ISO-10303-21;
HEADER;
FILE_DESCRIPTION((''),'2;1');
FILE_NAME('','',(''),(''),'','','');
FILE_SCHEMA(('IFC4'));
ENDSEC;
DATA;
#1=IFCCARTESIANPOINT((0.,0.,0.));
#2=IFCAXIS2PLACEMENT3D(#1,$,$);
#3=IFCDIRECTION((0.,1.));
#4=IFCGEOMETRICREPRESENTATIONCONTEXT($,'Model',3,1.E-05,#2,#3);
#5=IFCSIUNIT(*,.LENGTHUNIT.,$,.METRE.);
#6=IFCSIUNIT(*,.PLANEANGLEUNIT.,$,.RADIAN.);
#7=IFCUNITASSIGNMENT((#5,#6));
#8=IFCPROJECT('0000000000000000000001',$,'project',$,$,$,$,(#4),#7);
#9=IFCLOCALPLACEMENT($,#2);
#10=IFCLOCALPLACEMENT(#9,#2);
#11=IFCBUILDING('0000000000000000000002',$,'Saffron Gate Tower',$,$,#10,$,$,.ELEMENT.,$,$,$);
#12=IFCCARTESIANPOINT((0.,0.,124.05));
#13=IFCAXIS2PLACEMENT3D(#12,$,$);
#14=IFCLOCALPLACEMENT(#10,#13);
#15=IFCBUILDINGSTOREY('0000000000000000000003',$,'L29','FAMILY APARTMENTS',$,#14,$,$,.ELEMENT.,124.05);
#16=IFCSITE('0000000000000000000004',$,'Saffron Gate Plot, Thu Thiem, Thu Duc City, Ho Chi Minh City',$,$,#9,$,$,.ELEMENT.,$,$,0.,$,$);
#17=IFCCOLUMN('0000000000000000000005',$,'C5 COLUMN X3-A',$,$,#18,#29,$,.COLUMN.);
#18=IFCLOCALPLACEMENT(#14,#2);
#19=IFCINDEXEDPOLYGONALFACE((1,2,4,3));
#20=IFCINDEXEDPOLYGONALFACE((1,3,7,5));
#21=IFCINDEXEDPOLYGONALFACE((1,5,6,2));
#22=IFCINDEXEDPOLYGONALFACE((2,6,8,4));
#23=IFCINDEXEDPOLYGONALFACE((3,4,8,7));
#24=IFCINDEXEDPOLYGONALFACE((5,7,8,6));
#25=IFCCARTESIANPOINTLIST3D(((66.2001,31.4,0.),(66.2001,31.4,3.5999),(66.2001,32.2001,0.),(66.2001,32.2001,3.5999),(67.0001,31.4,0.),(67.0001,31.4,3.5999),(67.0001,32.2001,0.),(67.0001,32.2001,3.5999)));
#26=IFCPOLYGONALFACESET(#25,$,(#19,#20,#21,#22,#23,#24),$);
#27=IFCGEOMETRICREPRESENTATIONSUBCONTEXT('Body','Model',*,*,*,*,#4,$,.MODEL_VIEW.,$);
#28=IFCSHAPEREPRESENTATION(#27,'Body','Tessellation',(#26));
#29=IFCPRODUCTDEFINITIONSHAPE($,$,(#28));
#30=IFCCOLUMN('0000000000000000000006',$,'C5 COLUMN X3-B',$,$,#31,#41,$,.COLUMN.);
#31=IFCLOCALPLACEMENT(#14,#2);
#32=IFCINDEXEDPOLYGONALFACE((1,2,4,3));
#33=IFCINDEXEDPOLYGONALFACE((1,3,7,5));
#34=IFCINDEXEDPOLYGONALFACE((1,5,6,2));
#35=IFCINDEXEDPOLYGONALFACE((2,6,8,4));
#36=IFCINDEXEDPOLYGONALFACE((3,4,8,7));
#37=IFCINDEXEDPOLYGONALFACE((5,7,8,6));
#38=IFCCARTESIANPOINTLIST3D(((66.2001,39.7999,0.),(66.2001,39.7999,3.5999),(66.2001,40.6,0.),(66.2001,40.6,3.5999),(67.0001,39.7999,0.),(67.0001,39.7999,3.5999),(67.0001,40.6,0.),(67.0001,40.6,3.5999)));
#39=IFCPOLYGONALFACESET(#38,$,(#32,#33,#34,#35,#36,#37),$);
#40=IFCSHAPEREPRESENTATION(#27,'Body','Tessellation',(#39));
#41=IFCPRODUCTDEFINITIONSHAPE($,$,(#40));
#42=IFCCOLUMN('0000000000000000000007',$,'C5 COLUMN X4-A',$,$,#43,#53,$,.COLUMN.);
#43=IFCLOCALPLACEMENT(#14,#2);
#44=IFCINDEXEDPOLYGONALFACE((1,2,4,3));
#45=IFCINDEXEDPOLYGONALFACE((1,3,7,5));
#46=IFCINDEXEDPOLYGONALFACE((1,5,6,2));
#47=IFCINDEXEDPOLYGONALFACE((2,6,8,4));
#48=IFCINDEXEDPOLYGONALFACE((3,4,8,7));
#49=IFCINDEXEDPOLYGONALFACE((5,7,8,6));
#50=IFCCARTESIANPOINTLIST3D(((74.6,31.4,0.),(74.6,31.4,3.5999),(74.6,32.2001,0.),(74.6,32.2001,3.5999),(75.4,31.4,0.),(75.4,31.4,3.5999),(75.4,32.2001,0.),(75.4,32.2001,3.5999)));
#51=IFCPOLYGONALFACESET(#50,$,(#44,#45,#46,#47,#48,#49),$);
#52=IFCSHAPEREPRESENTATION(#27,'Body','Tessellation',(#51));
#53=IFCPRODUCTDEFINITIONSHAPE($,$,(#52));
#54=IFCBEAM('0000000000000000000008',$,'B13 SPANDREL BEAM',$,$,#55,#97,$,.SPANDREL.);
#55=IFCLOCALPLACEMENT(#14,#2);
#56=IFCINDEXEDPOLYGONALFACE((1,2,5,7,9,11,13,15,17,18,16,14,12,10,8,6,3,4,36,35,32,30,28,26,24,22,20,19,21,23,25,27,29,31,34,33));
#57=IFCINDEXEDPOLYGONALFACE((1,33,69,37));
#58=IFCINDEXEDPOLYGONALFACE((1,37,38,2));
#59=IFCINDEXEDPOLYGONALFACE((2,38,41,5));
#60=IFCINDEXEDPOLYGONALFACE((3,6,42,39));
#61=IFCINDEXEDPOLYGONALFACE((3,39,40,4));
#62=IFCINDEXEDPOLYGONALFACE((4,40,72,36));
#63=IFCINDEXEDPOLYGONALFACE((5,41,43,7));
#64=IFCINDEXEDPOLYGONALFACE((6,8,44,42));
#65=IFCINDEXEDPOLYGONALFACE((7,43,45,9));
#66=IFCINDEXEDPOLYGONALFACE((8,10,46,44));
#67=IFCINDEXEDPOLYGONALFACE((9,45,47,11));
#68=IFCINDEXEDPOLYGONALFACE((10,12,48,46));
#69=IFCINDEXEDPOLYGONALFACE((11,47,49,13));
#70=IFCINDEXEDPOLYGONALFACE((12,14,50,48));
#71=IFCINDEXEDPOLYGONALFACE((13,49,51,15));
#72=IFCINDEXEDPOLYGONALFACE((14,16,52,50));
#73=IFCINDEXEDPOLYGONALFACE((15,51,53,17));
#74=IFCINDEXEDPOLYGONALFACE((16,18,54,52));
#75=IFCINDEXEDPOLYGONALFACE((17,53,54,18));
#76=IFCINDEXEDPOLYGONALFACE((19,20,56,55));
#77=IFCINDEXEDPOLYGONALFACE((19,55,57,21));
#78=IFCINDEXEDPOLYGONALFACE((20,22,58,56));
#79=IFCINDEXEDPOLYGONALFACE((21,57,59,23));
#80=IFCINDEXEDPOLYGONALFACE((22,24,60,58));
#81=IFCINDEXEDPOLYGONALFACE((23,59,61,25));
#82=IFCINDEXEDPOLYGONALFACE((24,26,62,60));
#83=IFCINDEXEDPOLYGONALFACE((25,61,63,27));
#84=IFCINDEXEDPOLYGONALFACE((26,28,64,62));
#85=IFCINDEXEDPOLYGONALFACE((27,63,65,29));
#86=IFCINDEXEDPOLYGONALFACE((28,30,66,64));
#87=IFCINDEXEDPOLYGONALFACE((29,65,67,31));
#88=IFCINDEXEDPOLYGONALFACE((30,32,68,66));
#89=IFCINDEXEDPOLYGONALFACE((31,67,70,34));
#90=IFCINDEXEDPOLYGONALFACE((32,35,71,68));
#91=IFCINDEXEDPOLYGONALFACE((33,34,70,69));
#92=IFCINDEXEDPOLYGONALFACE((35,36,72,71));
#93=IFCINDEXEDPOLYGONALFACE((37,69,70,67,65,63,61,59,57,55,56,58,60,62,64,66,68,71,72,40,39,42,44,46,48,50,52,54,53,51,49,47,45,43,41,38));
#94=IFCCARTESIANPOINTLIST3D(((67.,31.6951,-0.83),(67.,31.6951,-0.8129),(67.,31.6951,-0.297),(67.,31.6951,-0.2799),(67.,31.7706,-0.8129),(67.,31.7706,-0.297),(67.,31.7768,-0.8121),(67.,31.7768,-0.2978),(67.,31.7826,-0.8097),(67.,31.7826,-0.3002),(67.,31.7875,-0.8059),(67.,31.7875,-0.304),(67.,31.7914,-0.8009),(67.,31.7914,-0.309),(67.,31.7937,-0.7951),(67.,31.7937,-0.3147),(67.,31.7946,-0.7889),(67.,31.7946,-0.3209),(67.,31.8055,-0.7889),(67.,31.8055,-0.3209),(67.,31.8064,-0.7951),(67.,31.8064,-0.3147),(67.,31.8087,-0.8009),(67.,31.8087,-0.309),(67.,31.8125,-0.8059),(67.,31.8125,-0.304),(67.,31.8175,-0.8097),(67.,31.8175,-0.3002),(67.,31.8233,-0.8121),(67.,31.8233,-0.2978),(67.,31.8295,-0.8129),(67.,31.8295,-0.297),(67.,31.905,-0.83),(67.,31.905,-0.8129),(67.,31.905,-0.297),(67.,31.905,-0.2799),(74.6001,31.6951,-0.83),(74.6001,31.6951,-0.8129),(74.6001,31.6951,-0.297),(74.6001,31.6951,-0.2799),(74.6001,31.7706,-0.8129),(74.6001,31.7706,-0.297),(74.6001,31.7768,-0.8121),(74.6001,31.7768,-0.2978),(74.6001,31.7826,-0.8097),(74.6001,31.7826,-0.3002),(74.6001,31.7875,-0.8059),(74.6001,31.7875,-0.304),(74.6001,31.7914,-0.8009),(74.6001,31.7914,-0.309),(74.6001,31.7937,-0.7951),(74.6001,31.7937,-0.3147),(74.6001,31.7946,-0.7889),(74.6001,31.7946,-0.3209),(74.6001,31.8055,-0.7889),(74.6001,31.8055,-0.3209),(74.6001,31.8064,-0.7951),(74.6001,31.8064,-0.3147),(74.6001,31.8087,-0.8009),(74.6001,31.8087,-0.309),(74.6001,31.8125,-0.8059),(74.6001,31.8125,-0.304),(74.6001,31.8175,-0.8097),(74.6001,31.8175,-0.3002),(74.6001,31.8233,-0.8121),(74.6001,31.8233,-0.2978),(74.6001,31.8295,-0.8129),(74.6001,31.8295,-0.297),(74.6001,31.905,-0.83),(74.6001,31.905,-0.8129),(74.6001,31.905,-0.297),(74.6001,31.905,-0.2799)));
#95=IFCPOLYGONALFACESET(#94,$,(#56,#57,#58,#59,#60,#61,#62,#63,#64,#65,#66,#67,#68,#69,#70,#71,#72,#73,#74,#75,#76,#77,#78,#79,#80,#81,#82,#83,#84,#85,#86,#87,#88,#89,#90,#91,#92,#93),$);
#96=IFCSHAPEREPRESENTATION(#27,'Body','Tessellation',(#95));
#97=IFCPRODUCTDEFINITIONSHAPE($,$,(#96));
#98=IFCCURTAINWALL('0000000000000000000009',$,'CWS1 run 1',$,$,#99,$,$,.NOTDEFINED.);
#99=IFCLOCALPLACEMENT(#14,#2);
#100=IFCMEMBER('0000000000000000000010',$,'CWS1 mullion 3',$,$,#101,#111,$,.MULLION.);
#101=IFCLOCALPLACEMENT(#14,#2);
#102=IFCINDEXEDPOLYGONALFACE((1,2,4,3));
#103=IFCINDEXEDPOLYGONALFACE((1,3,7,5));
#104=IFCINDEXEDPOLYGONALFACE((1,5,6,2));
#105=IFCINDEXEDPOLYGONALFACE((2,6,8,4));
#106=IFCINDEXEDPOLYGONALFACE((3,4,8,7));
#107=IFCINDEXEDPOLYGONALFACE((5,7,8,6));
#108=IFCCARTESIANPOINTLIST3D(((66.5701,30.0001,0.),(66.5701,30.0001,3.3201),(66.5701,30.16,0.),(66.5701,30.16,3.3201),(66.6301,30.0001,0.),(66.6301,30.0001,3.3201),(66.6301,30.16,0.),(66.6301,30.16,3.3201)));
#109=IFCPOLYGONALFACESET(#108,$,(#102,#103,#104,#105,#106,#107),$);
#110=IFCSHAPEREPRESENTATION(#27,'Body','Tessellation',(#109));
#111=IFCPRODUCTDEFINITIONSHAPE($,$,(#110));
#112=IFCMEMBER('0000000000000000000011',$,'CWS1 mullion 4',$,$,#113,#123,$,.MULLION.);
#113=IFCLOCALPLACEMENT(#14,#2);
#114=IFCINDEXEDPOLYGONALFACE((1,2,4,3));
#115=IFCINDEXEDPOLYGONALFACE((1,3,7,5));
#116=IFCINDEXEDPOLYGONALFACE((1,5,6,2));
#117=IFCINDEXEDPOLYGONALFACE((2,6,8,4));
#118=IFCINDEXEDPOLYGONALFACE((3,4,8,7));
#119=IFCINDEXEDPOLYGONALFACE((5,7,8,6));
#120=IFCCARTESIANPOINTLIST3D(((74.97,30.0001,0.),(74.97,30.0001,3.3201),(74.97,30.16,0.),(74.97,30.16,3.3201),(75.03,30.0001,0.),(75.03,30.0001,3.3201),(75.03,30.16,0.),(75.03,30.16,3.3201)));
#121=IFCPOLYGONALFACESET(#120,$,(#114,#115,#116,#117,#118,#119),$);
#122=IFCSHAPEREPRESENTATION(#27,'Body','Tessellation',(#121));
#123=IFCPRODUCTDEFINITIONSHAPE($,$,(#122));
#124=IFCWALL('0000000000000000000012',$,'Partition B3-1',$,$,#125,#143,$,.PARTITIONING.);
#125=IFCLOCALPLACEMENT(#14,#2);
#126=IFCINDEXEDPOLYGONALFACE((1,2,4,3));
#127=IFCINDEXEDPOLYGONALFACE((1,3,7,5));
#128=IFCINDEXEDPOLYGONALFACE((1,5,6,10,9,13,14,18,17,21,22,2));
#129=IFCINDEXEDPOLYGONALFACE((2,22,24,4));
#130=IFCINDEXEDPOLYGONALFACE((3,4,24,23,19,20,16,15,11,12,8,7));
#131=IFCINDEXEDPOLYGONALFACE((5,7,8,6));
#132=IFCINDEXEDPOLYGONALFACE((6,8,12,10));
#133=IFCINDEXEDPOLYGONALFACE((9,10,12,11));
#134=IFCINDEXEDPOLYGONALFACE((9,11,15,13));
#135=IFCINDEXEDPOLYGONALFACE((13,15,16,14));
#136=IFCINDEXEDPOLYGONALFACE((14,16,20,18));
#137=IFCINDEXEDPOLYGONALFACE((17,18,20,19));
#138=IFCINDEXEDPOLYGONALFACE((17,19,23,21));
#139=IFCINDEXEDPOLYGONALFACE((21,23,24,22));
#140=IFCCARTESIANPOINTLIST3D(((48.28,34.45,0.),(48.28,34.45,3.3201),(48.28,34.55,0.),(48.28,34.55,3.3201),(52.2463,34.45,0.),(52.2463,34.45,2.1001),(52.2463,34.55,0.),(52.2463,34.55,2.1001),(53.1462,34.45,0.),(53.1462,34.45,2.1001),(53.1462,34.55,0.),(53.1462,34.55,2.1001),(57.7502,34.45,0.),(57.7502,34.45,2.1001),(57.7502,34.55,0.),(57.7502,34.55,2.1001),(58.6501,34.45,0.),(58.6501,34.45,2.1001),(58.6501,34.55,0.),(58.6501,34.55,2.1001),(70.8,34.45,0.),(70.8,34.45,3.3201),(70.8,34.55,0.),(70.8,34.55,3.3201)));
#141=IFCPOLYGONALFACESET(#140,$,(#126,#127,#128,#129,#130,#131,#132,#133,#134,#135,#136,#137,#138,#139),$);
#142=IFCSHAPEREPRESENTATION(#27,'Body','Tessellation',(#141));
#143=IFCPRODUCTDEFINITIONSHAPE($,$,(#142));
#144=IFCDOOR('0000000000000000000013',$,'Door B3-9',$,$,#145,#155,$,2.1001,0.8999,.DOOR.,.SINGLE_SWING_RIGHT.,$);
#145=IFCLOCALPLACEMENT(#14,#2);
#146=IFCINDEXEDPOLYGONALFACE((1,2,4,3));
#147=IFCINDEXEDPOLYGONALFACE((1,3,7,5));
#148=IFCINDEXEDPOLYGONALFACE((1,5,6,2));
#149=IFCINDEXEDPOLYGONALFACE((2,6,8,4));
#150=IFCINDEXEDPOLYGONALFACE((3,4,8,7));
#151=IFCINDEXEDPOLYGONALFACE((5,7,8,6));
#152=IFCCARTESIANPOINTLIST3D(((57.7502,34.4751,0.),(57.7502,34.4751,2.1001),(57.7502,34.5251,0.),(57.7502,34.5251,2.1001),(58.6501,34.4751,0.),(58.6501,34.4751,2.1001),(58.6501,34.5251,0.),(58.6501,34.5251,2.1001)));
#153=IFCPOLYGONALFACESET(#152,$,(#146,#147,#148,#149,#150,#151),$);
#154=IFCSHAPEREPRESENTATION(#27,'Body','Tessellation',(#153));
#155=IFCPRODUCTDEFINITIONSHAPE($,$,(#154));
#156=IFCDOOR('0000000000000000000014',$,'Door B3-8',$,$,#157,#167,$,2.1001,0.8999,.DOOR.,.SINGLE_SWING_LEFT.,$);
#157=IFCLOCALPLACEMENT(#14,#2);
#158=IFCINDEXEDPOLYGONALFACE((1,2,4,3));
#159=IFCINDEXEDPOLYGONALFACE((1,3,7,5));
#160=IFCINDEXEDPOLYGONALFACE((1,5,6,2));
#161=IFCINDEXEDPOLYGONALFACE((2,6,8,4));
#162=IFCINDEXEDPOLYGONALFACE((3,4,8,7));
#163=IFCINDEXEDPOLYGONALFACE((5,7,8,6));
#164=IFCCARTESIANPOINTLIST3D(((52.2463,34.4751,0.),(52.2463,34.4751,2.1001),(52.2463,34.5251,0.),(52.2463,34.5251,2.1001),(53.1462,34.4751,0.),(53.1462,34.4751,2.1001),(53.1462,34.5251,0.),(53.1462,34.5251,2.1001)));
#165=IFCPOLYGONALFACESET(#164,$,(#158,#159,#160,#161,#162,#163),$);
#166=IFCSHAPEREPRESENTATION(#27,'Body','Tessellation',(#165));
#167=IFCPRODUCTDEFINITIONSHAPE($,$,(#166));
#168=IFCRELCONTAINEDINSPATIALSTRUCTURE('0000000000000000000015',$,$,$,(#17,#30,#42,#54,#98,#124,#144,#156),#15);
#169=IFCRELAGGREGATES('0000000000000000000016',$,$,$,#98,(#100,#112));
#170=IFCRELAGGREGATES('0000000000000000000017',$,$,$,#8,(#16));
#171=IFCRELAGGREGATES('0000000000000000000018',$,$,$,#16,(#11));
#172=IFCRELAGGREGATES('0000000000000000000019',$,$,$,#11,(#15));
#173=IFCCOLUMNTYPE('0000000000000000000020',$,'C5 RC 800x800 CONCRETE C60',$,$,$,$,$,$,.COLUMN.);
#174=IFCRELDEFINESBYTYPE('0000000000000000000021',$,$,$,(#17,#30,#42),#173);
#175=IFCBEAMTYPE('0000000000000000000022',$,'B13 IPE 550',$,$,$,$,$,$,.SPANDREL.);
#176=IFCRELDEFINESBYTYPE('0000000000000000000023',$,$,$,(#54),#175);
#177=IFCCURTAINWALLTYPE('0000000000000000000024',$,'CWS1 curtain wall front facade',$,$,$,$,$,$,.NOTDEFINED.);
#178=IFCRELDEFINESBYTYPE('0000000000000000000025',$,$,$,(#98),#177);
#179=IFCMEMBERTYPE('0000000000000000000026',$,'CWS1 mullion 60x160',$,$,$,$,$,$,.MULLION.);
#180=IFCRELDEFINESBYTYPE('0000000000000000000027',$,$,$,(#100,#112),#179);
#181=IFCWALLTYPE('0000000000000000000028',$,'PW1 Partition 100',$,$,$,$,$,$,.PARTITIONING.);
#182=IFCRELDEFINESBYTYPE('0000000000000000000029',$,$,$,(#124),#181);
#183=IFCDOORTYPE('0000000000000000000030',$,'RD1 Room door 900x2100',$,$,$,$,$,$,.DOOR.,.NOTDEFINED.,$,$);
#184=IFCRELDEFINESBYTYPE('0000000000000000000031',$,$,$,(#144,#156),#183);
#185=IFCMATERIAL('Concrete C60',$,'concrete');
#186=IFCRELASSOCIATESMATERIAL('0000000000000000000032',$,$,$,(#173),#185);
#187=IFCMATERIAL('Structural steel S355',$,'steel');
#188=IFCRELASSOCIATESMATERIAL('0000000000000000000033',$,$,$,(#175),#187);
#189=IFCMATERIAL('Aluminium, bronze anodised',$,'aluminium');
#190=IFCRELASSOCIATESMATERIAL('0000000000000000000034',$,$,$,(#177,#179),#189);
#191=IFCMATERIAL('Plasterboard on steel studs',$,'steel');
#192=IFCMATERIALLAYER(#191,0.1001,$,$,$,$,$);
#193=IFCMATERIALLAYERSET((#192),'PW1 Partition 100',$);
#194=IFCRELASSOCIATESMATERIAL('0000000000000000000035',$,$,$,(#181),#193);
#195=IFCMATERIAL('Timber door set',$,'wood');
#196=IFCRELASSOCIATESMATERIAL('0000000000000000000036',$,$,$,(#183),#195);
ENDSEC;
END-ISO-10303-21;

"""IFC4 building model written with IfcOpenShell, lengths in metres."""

from ifc_helpers import new_model, si_unit, direction, frame, frame_2d, origin, origin_2d, place, context, subcontext, project, spatial, rectangle, i_section, extrude, material, layer, layer_set, material_profile, profile_set, type_object, element, fill, aggregate, save


model = new_model("IFC4")

# Units and contexts
model_context = context("Model", 3, precision=1e-05, world=origin(), true_north=direction((0.0, 1.0)))
body_context = subcontext(model_context, "Body", "Model", "MODEL_VIEW")
ifc_project = project(units=[si_unit("LENGTHUNIT", "METRE"), si_unit("PLANEANGLEUNIT", "RADIAN")], contexts=[model_context])

# Site, building, storey
site_placement = place(None, origin())
site = spatial("IfcSite", under=ifc_project, at=site_placement, Name="Saffron Gate Plot, Thu Thiem, Thu Duc City, Ho Chi Minh City", CompositionType="ELEMENT", RefElevation=0.0)
building_placement = place(site_placement, origin())
building = spatial("IfcBuilding", under=site, at=building_placement, Name="Saffron Gate Tower", CompositionType="ELEMENT")
storey_placement = place(building_placement, frame((0.0, 0.0, 124.05)))
storey = spatial("IfcBuildingStorey", under=building, at=storey_placement, Name="L29", Description="FAMILY APARTMENTS", CompositionType="ELEMENT", Elevation=124.05)

# Columns
ifc_material_1 = material(Name="Concrete C60", Category="concrete")
ifc_material_profile_1 = material_profile(ifc_material_1, rectangle(XDim=0.8, YDim=0.8, at=origin_2d()))
ifc_profile_set_1 = profile_set([ifc_material_profile_1], Name="Concrete C60")
column_type = type_object("IfcColumnType", Name="C5 RC 800x800 CONCRETE C60", PredefinedType="COLUMN", material=ifc_profile_set_1)
for number, where, z_axis, x_axis, name in (
    (1, (66.6001, 31.8, 0.0), (0.0, 0.0, 1.0), (1.0, 0.0, 0.0), "C5 COLUMN X3-A"),
    (2, (66.6001, 40.2, 0.0), (0.0, 0.0, 1.0), (1.0, 0.0, 0.0), "C5 COLUMN X3-B"),
    (3, (75.0, 31.8, 0.0), (0.0, 0.0, 1.0), (1.0, 0.0, 0.0), "C5 COLUMN X4-A"),
):
    element("IfcColumn", number, at=place(storey_placement, frame(where, z_axis=z_axis, x_axis=x_axis)), inside=storey, type_object=column_type, Name=name, PredefinedType="COLUMN", context=body_context, shape_type="SweptSolid", body=[
        extrude(rectangle(XDim=0.8, YDim=0.8, at=origin_2d()), origin(), (0.0, 0.0, 1.0), 3.5999),
    ])

# Beam
ifc_material_2 = material(Name="Structural steel S355", Category="steel")
ifc_material_profile_2 = material_profile(ifc_material_2, i_section(OverallWidth=0.21, OverallDepth=0.55, WebThickness=0.011, FlangeThickness=0.0171, FilletRadius=0.0239, at=origin_2d()))
ifc_profile_set_2 = profile_set([ifc_material_profile_2], Name="Structural steel S355")
beam_type = type_object("IfcBeamType", Name="B13 IPE 550", PredefinedType="SPANDREL", material=ifc_profile_set_2)
beam_placement = place(storey_placement, frame((67.0, 31.8, -0.5549), z_axis=(1.0, 0.0, 0.0), x_axis=(0.0, 1.0, 0.0)))
element("IfcBeam", 4, at=beam_placement, inside=storey, type_object=beam_type, Name="B13 SPANDREL BEAM", PredefinedType="SPANDREL", context=body_context, shape_type="SweptSolid", body=[
    extrude(i_section(OverallWidth=0.21, OverallDepth=0.55, WebThickness=0.011, FlangeThickness=0.0171, FilletRadius=0.0239, at=origin_2d()), origin(), (0.0, 0.0, 1.0), 7.6001),
])

# Curtain wall, members
ifc_material_3 = material(Name="Aluminium, bronze anodised", Category="aluminium")
curtain_wall_type = type_object("IfcCurtainWallType", Name="CWS1 curtain wall front facade", PredefinedType="NOTDEFINED", material=ifc_material_3)
curtain_wall_placement = place(storey_placement, origin())
curtain_wall = element("IfcCurtainWall", 5, at=curtain_wall_placement, inside=storey, type_object=curtain_wall_type, Name="CWS1 run 1", PredefinedType="NOTDEFINED")
ifc_material_profile_3 = material_profile(ifc_material_3, rectangle(XDim=0.1599, YDim=0.0601, at=origin_2d()))
ifc_profile_set_3 = profile_set([ifc_material_profile_3], Name="Aluminium, bronze anodised")
member_type = type_object("IfcMemberType", Name="CWS1 mullion 60x160", PredefinedType="MULLION", material=ifc_profile_set_3)
member_1_placement = place(storey_placement, frame((66.6001, 30.0801, 0.0), z_axis=(0.0, 0.0, 1.0), x_axis=(0.0, 1.0, 0.0)))
member_1 = element("IfcMember", 6, at=member_1_placement, type_object=member_type, Name="CWS1 mullion 3", PredefinedType="MULLION", context=body_context, shape_type="SweptSolid", body=[
    extrude(rectangle(XDim=0.1599, YDim=0.0601, at=origin_2d()), origin(), (0.0, 0.0, 1.0), 3.3201),
])
member_2_placement = place(storey_placement, frame((75.0, 30.0801, 0.0), z_axis=(0.0, 0.0, 1.0), x_axis=(0.0, 1.0, 0.0)))
member_2 = element("IfcMember", 7, at=member_2_placement, type_object=member_type, Name="CWS1 mullion 4", PredefinedType="MULLION", context=body_context, shape_type="SweptSolid", body=[
    extrude(rectangle(XDim=0.1599, YDim=0.0601, at=origin_2d()), origin(), (0.0, 0.0, 1.0), 3.3201),
])
aggregate(curtain_wall, [member_1, member_2])

# Wall, openings, doors
ifc_material_4 = material(Name="Plasterboard on steel studs", Category="steel")
ifc_layer_1 = layer(ifc_material_4, 0.1001)
ifc_layer_set_1 = layer_set([ifc_layer_1], Name="PW1 Partition 100")
wall_type_1 = type_object("IfcWallType", Name="PW1 Partition 100", PredefinedType="PARTITIONING", material=ifc_layer_set_1)
wall_1_placement = place(storey_placement, frame((70.8, 34.5, 0.0), z_axis=(0.0, 0.0, 1.0), x_axis=(-1.0, 0.0, 0.0)))
wall_1 = element("IfcWall", 8, at=wall_1_placement, inside=storey, type_object=wall_type_1, Name="Partition B3-1", PredefinedType="PARTITIONING", context=body_context, shape_type="SweptSolid", body=[
    extrude(rectangle(XDim=22.52, YDim=0.1001, at=frame_2d((11.26, 0.0))), origin(), (0.0, 0.0, 1.0), 3.3201),
])
opening_1_placement = place(wall_1_placement, frame((12.1499, 0.0, 0.0)))
opening_1 = element("IfcOpeningElement", 9, at=opening_1_placement, cuts=wall_1, PredefinedType="OPENING", context=body_context, shape_type="SweptSolid", body=[
    extrude(rectangle(XDim=0.8999, YDim=2.1001, at=frame_2d((0.45, 1.05))), frame((0.0, 0.0601, 0.0), z_axis=(0.0, -1.0, 0.0), x_axis=(1.0, 0.0, 0.0)), (0.0, 0.0, 1.0), 0.1201),
])
opening_2_placement = place(wall_1_placement, frame((17.6538, 0.0, 0.0)))
opening_2 = element("IfcOpeningElement", 10, at=opening_2_placement, cuts=wall_1, PredefinedType="OPENING", context=body_context, shape_type="SweptSolid", body=[
    extrude(rectangle(XDim=0.8999, YDim=2.1001, at=frame_2d((0.45, 1.05))), frame((0.0, 0.0601, 0.0), z_axis=(0.0, -1.0, 0.0), x_axis=(1.0, 0.0, 0.0)), (0.0, 0.0, 1.0), 0.1201),
])
ifc_material_5 = material(Name="Timber door set", Category="wood")
door_type_1 = type_object("IfcDoorType", Name="RD1 Room door 900x2100", OperationType="NOTDEFINED", PredefinedType="DOOR", material=ifc_material_5)
door_1_placement = place(opening_1_placement, origin())
door_1 = element("IfcDoor", 11, at=door_1_placement, inside=storey, type_object=door_type_1, Name="Door B3-9", OperationType="SINGLE_SWING_RIGHT", OverallHeight=2.1001, OverallWidth=0.8999, PredefinedType="DOOR", context=body_context, shape_type="SweptSolid", body=[
    extrude(rectangle(XDim=0.8999, YDim=2.1001, at=frame_2d((0.45, 1.05))), frame((0.0, 0.0249, 0.0), z_axis=(0.0, -1.0, 0.0), x_axis=(1.0, 0.0, 0.0)), (0.0, 0.0, 1.0), 0.05),
])
fill(opening_1, door_1)
door_2_placement = place(opening_2_placement, origin())
door_2 = element("IfcDoor", 12, at=door_2_placement, inside=storey, type_object=door_type_1, Name="Door B3-8", OperationType="SINGLE_SWING_LEFT", OverallHeight=2.1001, OverallWidth=0.8999, PredefinedType="DOOR", context=body_context, shape_type="SweptSolid", body=[
    extrude(rectangle(XDim=0.8999, YDim=2.1001, at=frame_2d((0.45, 1.05))), frame((0.0, 0.0249, 0.0), z_axis=(0.0, -1.0, 0.0), x_axis=(1.0, 0.0, 0.0)), (0.0, 0.0, 1.0), 0.05),
])
fill(opening_2, door_2)

save(model, "model.ifc")
